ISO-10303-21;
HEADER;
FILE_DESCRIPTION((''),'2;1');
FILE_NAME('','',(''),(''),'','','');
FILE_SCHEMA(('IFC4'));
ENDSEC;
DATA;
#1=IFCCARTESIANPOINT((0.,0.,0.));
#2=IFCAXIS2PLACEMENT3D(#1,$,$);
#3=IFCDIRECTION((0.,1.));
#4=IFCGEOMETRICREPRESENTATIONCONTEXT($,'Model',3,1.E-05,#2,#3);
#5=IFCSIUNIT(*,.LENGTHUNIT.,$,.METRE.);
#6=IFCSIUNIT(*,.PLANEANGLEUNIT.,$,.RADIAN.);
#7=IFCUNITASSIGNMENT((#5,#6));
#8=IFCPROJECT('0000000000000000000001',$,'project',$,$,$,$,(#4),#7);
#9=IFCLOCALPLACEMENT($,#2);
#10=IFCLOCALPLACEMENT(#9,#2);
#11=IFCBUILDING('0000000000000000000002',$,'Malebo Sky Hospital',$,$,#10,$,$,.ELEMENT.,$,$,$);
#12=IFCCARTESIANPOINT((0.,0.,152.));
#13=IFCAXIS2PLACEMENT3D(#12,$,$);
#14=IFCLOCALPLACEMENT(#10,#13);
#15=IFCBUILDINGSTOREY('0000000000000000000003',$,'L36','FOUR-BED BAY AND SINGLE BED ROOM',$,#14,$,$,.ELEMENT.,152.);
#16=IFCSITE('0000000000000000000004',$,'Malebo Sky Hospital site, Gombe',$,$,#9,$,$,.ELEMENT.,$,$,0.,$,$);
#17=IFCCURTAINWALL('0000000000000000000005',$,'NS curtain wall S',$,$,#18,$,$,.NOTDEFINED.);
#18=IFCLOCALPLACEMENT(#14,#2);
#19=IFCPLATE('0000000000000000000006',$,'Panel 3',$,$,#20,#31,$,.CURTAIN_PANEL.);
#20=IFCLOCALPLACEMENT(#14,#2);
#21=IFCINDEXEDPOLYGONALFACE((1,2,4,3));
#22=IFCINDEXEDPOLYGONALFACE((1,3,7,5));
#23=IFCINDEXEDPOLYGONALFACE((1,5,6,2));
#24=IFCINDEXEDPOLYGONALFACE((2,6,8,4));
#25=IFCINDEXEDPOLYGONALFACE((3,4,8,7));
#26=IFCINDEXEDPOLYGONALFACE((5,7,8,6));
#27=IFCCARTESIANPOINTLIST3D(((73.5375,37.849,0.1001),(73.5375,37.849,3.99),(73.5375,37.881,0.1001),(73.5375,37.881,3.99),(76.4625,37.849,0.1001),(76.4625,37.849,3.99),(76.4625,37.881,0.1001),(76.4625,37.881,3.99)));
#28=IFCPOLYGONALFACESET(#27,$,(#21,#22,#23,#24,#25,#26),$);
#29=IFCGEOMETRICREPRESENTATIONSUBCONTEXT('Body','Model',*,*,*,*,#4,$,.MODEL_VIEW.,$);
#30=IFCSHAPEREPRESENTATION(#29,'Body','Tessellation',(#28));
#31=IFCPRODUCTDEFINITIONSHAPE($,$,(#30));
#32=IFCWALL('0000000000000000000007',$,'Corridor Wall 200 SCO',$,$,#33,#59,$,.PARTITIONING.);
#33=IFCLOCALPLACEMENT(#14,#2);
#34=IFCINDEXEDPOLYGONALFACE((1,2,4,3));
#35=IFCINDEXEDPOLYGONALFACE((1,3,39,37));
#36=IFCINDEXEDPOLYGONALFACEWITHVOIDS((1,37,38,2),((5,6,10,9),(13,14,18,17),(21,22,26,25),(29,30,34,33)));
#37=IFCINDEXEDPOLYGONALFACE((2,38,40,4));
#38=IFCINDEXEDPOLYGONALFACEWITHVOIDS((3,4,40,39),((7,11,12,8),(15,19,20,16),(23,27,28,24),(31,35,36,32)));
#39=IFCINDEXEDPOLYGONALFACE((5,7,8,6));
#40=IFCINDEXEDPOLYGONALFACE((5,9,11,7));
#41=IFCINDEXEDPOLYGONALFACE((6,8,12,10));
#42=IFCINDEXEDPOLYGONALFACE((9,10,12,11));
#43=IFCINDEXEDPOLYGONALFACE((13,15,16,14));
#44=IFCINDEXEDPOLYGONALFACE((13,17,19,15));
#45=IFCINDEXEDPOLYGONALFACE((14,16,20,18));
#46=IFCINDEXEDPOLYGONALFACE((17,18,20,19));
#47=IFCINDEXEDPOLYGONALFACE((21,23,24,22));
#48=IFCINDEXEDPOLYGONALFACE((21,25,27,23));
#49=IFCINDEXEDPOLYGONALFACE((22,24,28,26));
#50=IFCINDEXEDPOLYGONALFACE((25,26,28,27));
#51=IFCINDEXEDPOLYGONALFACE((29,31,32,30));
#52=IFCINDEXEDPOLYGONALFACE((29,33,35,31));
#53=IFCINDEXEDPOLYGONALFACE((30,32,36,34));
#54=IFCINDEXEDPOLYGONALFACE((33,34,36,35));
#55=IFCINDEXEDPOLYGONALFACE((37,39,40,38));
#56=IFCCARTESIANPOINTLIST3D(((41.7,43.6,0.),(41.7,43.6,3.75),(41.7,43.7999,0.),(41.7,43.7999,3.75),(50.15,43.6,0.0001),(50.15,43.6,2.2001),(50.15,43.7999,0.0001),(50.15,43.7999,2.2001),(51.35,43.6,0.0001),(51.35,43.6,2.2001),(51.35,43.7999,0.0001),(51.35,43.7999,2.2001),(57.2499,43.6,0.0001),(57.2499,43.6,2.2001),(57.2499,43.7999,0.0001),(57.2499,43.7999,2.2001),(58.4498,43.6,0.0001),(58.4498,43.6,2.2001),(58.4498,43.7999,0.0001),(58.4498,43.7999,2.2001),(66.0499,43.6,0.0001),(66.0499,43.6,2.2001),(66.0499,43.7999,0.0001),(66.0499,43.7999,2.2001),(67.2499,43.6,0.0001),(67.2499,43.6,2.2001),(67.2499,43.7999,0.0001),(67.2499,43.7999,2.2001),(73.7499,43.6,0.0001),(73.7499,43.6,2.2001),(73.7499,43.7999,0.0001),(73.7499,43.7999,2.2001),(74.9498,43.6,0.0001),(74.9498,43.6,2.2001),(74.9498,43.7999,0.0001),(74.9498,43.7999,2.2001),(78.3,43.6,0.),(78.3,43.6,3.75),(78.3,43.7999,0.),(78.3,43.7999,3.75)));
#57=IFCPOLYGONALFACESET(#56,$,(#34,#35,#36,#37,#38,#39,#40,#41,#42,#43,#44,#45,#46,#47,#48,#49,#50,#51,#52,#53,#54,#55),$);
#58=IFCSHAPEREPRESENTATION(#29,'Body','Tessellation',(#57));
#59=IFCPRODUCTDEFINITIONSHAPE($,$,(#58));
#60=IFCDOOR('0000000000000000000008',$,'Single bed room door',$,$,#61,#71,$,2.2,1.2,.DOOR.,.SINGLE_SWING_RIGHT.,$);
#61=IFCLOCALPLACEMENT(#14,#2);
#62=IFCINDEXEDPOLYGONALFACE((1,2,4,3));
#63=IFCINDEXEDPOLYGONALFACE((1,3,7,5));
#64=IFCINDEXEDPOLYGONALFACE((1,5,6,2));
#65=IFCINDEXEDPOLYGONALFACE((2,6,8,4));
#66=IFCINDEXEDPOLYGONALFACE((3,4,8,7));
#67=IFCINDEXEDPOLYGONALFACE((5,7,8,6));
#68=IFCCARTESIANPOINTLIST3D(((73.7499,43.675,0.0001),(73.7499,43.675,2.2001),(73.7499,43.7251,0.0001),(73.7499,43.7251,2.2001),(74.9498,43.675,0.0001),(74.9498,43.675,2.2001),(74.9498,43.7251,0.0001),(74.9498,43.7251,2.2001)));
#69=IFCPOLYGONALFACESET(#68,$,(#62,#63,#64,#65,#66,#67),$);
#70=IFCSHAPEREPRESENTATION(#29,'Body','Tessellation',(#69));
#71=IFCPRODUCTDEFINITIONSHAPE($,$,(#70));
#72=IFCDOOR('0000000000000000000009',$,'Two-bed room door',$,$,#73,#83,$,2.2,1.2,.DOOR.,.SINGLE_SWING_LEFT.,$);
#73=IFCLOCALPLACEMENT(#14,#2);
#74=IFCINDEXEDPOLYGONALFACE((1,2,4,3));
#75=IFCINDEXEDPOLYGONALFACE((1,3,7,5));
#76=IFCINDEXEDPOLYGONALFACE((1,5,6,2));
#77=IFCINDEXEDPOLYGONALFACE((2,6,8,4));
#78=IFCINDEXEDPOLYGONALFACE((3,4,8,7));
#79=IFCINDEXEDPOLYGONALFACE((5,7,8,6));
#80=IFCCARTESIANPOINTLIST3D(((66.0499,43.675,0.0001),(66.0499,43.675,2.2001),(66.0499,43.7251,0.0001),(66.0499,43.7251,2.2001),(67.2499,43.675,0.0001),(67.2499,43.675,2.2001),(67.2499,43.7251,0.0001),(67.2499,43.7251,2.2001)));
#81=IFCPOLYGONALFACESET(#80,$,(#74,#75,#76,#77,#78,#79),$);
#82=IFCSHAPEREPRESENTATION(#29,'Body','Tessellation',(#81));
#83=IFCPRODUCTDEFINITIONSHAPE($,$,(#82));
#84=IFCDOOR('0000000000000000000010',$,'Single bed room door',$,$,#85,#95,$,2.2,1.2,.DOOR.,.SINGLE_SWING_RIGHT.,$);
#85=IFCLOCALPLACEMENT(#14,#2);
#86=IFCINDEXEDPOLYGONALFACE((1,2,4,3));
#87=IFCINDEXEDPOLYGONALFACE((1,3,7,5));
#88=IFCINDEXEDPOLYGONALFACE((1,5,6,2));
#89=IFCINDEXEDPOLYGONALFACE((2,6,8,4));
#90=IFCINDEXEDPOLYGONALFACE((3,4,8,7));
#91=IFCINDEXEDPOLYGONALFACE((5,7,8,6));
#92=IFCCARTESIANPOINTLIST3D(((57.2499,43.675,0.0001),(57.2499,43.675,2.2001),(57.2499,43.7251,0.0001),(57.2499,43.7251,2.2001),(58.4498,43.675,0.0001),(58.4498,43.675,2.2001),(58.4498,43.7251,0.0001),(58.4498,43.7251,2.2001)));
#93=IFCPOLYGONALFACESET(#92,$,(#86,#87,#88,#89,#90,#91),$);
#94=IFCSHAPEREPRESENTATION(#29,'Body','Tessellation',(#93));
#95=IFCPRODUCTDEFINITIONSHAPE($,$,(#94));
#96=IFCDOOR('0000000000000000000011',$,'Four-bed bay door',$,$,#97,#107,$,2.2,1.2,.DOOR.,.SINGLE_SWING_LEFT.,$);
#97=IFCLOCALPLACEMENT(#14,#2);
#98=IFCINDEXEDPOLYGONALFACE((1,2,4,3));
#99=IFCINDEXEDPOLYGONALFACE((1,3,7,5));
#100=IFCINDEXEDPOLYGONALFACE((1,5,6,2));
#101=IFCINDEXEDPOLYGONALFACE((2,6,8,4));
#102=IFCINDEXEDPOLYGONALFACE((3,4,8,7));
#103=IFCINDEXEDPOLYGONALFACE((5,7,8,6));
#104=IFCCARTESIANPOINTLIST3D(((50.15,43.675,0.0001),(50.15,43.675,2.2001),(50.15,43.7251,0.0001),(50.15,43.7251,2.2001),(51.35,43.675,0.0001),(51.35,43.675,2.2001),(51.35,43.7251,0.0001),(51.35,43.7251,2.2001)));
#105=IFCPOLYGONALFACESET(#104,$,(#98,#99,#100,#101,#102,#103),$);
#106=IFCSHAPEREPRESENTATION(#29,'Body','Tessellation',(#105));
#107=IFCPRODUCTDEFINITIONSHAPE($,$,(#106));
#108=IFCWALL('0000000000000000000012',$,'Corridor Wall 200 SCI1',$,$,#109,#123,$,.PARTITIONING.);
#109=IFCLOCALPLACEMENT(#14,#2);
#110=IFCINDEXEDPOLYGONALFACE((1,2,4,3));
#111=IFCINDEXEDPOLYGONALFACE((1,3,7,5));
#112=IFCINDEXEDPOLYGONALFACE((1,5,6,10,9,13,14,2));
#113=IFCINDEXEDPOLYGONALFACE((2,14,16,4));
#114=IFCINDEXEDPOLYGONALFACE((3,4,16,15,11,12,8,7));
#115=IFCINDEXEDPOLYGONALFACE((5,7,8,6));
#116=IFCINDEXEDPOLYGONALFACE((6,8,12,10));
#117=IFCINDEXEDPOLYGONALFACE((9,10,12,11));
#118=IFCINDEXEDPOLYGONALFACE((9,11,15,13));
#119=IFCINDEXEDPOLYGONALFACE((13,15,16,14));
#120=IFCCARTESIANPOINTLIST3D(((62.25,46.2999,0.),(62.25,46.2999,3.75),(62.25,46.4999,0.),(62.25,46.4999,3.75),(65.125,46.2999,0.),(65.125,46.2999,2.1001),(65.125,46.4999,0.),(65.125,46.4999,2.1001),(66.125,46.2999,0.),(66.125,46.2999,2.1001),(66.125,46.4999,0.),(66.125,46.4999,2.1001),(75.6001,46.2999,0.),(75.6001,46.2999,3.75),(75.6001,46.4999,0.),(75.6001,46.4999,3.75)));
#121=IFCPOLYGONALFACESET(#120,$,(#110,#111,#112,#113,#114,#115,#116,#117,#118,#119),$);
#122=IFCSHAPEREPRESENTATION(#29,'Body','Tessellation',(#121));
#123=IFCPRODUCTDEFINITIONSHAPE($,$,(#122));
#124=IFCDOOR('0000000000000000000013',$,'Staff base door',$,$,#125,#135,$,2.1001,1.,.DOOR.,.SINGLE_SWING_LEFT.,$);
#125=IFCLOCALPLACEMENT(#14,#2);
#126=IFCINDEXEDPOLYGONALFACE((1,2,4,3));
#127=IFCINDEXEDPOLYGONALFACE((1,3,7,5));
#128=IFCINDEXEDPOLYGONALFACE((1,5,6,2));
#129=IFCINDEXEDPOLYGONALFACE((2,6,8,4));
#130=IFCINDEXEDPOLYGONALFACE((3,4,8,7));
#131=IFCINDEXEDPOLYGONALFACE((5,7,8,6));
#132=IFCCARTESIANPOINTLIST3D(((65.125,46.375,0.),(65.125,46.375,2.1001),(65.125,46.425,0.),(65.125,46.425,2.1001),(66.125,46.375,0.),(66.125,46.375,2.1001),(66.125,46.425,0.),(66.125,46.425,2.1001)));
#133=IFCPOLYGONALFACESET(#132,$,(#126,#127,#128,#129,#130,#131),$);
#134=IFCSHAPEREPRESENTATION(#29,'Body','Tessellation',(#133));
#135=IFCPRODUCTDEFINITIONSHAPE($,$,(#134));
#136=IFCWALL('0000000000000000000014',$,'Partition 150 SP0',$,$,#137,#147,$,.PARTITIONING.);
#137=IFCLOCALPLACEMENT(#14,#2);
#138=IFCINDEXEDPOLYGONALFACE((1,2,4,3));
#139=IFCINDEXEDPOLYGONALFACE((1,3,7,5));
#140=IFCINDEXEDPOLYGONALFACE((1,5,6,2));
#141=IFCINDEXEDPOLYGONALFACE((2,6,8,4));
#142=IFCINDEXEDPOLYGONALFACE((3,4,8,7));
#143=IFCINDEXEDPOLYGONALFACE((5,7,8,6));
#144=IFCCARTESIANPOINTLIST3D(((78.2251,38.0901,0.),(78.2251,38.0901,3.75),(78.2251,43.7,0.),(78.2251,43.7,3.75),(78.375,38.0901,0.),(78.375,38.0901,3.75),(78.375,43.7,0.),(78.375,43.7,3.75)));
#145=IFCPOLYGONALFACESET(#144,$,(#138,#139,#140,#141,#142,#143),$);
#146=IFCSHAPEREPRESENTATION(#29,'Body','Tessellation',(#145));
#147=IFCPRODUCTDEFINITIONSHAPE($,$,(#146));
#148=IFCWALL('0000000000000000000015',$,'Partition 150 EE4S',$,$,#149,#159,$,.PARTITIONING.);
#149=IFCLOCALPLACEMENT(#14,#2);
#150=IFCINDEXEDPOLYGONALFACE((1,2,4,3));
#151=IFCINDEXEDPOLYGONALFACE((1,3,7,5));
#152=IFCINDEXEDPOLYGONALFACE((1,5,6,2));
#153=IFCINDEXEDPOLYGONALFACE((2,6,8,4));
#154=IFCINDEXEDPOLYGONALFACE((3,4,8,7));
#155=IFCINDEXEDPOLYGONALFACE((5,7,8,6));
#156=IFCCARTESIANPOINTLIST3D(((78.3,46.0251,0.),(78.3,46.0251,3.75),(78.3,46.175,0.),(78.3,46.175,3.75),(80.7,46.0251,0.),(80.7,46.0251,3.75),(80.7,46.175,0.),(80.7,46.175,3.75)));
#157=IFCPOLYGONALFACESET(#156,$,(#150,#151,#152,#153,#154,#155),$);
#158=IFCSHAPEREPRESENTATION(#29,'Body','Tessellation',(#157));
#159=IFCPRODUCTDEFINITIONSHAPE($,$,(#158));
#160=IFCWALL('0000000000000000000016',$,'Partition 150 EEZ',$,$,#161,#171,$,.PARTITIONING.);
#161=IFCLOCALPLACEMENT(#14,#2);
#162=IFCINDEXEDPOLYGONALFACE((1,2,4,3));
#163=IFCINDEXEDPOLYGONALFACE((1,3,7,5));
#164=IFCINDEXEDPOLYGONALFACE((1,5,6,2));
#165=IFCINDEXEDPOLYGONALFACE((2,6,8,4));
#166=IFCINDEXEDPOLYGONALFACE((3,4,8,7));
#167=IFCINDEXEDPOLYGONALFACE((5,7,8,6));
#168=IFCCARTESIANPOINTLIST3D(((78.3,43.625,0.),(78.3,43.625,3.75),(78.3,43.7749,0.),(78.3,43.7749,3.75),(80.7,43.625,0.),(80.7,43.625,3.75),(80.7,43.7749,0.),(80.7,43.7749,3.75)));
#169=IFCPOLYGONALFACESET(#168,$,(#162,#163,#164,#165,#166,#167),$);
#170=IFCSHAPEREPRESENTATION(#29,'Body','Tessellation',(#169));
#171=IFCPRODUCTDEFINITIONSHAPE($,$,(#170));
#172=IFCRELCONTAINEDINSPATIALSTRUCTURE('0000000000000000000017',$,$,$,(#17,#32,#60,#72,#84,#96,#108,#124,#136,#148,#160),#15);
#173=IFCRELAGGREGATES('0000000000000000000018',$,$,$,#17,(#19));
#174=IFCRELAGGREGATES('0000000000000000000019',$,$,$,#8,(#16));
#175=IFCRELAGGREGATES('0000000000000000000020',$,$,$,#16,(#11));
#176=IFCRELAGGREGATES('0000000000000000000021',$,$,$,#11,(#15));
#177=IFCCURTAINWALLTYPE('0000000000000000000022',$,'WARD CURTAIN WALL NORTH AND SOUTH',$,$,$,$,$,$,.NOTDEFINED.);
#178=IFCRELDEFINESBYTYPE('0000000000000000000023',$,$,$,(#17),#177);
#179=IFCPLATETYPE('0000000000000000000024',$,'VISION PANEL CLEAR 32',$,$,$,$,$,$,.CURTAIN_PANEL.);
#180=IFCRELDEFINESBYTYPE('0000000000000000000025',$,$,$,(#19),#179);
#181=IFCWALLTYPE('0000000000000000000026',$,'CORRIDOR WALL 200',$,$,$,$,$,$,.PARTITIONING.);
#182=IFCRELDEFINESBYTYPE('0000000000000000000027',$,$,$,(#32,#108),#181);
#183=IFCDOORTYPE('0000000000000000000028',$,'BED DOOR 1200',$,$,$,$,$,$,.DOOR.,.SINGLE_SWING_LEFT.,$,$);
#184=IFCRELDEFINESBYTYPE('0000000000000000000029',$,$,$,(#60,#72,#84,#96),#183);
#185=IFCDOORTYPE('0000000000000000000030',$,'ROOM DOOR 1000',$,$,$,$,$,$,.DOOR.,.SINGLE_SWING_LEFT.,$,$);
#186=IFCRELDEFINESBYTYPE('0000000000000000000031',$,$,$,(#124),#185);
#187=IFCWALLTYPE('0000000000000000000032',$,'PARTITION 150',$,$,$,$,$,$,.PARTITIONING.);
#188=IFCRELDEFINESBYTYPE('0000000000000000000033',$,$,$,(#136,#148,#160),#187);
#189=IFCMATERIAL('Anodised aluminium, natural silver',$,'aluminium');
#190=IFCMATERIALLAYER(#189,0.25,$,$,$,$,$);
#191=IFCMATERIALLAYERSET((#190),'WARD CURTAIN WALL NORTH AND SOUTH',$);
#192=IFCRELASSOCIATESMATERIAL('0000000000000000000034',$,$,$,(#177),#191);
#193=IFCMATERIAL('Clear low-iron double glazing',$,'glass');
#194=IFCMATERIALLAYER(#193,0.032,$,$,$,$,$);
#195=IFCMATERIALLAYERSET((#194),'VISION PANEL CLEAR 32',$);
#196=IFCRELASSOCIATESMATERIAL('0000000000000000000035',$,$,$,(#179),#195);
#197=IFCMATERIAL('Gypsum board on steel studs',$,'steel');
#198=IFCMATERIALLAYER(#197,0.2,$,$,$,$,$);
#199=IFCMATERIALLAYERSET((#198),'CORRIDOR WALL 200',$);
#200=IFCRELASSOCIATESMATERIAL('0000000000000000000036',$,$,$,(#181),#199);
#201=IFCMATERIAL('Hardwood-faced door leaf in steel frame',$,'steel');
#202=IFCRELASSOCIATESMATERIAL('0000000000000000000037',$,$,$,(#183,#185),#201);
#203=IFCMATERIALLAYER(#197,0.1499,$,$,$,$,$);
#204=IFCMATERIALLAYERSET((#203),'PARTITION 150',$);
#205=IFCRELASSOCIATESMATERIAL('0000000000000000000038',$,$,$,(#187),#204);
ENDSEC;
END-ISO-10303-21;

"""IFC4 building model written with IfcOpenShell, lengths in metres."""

from ifc_helpers import new_model, si_unit, direction, frame, frame_2d, origin, origin_2d, place, context, subcontext, project, spatial, rectangle, extrude, material, layer, layer_set, type_object, element, fill, aggregate, save


model = new_model("IFC4")

# Units and contexts
model_context = context("Model", 3, precision=1e-05, world=origin(), true_north=direction((0.0, 1.0)))
body_context = subcontext(model_context, "Body", "Model", "MODEL_VIEW")
ifc_project = project(units=[si_unit("LENGTHUNIT", "METRE"), si_unit("PLANEANGLEUNIT", "RADIAN")], contexts=[model_context])

# Site, building, storey
site_placement = place(None, origin())
site = spatial("IfcSite", under=ifc_project, at=site_placement, Name="Malebo Sky Hospital site, Gombe", CompositionType="ELEMENT", RefElevation=0.0)
building_placement = place(site_placement, origin())
building = spatial("IfcBuilding", under=site, at=building_placement, Name="Malebo Sky Hospital", CompositionType="ELEMENT")
storey_placement = place(building_placement, frame((0.0, 0.0, 152.0)))
storey = spatial("IfcBuildingStorey", under=building, at=storey_placement, Name="L36", Description="FOUR-BED BAY AND SINGLE BED ROOM", CompositionType="ELEMENT", Elevation=152.0)

# Curtain wall
ifc_material_1 = material(Name="Anodised aluminium, natural silver", Category="aluminium")
ifc_layer_1 = layer(ifc_material_1, 0.25)
ifc_layer_set_1 = layer_set([ifc_layer_1], Name="WARD CURTAIN WALL NORTH AND SOUTH")
curtain_wall_type = type_object("IfcCurtainWallType", Name="WARD CURTAIN WALL NORTH AND SOUTH", PredefinedType="NOTDEFINED", material=ifc_layer_set_1)
curtain_wall_placement = place(storey_placement, origin())
curtain_wall = element("IfcCurtainWall", 1, at=curtain_wall_placement, inside=storey, type_object=curtain_wall_type, Name="NS curtain wall S", PredefinedType="NOTDEFINED")

# Plate
ifc_material_2 = material(Name="Clear low-iron double glazing", Category="glass")
ifc_layer_2 = layer(ifc_material_2, 0.032)
ifc_layer_set_2 = layer_set([ifc_layer_2], Name="VISION PANEL CLEAR 32")
plate_type = type_object("IfcPlateType", Name="VISION PANEL CLEAR 32", PredefinedType="CURTAIN_PANEL", material=ifc_layer_set_2)
plate_1_placement = place(storey_placement, frame((75.0, 37.865, 0.1001), z_axis=(0.0, 0.0, 1.0), x_axis=(-1.0, 0.0, 0.0)))
plate_1 = element("IfcPlate", 2, at=plate_1_placement, type_object=plate_type, Name="Panel 3", PredefinedType="CURTAIN_PANEL", context=body_context, shape_type="SweptSolid", body=[
    extrude(rectangle(XDim=2.925, YDim=0.032, at=origin_2d()), origin(), (0.0, 0.0, 1.0), 3.8899),
])
aggregate(curtain_wall, [plate_1])

# Wall, openings, doors
ifc_material_3 = material(Name="Gypsum board on steel studs", Category="steel")
ifc_layer_3 = layer(ifc_material_3, 0.2)
ifc_layer_set_3 = layer_set([ifc_layer_3], Name="CORRIDOR WALL 200")
wall_type_1 = type_object("IfcWallType", Name="CORRIDOR WALL 200", PredefinedType="PARTITIONING", material=ifc_layer_set_3)
wall_1_placement = place(storey_placement, frame((78.3, 43.7, 0.0), z_axis=(0.0, 0.0, 1.0), x_axis=(-1.0, 0.0, 0.0)))
wall_1 = element("IfcWall", 3, at=wall_1_placement, inside=storey, type_object=wall_type_1, Name="Corridor Wall 200 SCO", PredefinedType="PARTITIONING", context=body_context, shape_type="SweptSolid", body=[
    extrude(rectangle(XDim=36.6001, YDim=0.2, at=frame_2d((18.3, 0.0))), origin(), (0.0, 0.0, 1.0), 3.75),
])
opening_1_placement = place(wall_1_placement, frame((3.3501, 0.0, 0.0)))
opening_1 = element("IfcOpeningElement", 4, at=opening_1_placement, cuts=wall_1, PredefinedType="OPENING", context=body_context, shape_type="SweptSolid", body=[
    extrude(rectangle(XDim=1.2, YDim=2.2, at=frame_2d((0.6001, 1.1001))), frame((0.0, 0.1099, 0.0), z_axis=(0.0, -1.0, 0.0), x_axis=(1.0, 0.0, 0.0)), (0.0, 0.0, 1.0), 0.22),
])
opening_2_placement = place(wall_1_placement, frame((11.05, 0.0, 0.0)))
opening_2 = element("IfcOpeningElement", 5, at=opening_2_placement, cuts=wall_1, PredefinedType="OPENING", context=body_context, shape_type="SweptSolid", body=[
    extrude(rectangle(XDim=1.2, YDim=2.2, at=frame_2d((0.6001, 1.1001))), frame((0.0, 0.1099, 0.0), z_axis=(0.0, -1.0, 0.0), x_axis=(1.0, 0.0, 0.0)), (0.0, 0.0, 1.0), 0.22),
])
opening_3_placement = place(wall_1_placement, frame((19.8501, 0.0, 0.0)))
opening_3 = element("IfcOpeningElement", 6, at=opening_3_placement, cuts=wall_1, PredefinedType="OPENING", context=body_context, shape_type="SweptSolid", body=[
    extrude(rectangle(XDim=1.2, YDim=2.2, at=frame_2d((0.6001, 1.1001))), frame((0.0, 0.1099, 0.0), z_axis=(0.0, -1.0, 0.0), x_axis=(1.0, 0.0, 0.0)), (0.0, 0.0, 1.0), 0.22),
])
opening_4_placement = place(wall_1_placement, frame((26.95, 0.0, 0.0)))
opening_4 = element("IfcOpeningElement", 7, at=opening_4_placement, cuts=wall_1, PredefinedType="OPENING", context=body_context, shape_type="SweptSolid", body=[
    extrude(rectangle(XDim=1.2, YDim=2.2, at=frame_2d((0.6001, 1.1001))), frame((0.0, 0.1099, 0.0), z_axis=(0.0, -1.0, 0.0), x_axis=(1.0, 0.0, 0.0)), (0.0, 0.0, 1.0), 0.22),
])
ifc_material_4 = material(Name="Hardwood-faced door leaf in steel frame", Category="steel")
door_type_1 = type_object("IfcDoorType", Name="BED DOOR 1200", OperationType="SINGLE_SWING_LEFT", PredefinedType="DOOR", material=ifc_material_4)
door_1_placement = place(opening_1_placement, origin())
door_1 = element("IfcDoor", 8, at=door_1_placement, inside=storey, type_object=door_type_1, Name="Single bed room door", OperationType="SINGLE_SWING_RIGHT", OverallHeight=2.2, OverallWidth=1.2, PredefinedType="DOOR", context=body_context, shape_type="SweptSolid", body=[
    extrude(rectangle(XDim=1.2, YDim=2.2, at=frame_2d((0.6001, 1.1001))), frame((0.0, 0.0249, 0.0), z_axis=(0.0, -1.0, 0.0), x_axis=(1.0, 0.0, 0.0)), (0.0, 0.0, 1.0), 0.05),
])
fill(opening_1, door_1)
door_2_placement = place(opening_2_placement, origin())
door_2 = element("IfcDoor", 9, at=door_2_placement, inside=storey, type_object=door_type_1, Name="Two-bed room door", OperationType="SINGLE_SWING_LEFT", OverallHeight=2.2, OverallWidth=1.2, PredefinedType="DOOR", context=body_context, shape_type="SweptSolid", body=[
    extrude(rectangle(XDim=1.2, YDim=2.2, at=frame_2d((0.6001, 1.1001))), frame((0.0, 0.0249, 0.0), z_axis=(0.0, -1.0, 0.0), x_axis=(1.0, 0.0, 0.0)), (0.0, 0.0, 1.0), 0.05),
])
fill(opening_2, door_2)
door_3_placement = place(opening_3_placement, origin())
door_3 = element("IfcDoor", 10, at=door_3_placement, inside=storey, type_object=door_type_1, Name="Single bed room door", OperationType="SINGLE_SWING_RIGHT", OverallHeight=2.2, OverallWidth=1.2, PredefinedType="DOOR", context=body_context, shape_type="SweptSolid", body=[
    extrude(rectangle(XDim=1.2, YDim=2.2, at=frame_2d((0.6001, 1.1001))), frame((0.0, 0.0249, 0.0), z_axis=(0.0, -1.0, 0.0), x_axis=(1.0, 0.0, 0.0)), (0.0, 0.0, 1.0), 0.05),
])
fill(opening_3, door_3)
door_4_placement = place(opening_4_placement, origin())
door_4 = element("IfcDoor", 11, at=door_4_placement, inside=storey, type_object=door_type_1, Name="Four-bed bay door", OperationType="SINGLE_SWING_LEFT", OverallHeight=2.2, OverallWidth=1.2, PredefinedType="DOOR", context=body_context, shape_type="SweptSolid", body=[
    extrude(rectangle(XDim=1.2, YDim=2.2, at=frame_2d((0.6001, 1.1001))), frame((0.0, 0.0249, 0.0), z_axis=(0.0, -1.0, 0.0), x_axis=(1.0, 0.0, 0.0)), (0.0, 0.0, 1.0), 0.05),
])
fill(opening_4, door_4)

# Wall, opening, door
wall_2_placement = place(storey_placement, frame((75.6001, 46.3999, 0.0), z_axis=(0.0, 0.0, 1.0), x_axis=(-1.0, 0.0, 0.0)))
wall_2 = element("IfcWall", 12, at=wall_2_placement, inside=storey, type_object=wall_type_1, Name="Corridor Wall 200 SCI1", PredefinedType="PARTITIONING", context=body_context, shape_type="SweptSolid", body=[
    extrude(rectangle(XDim=13.3501, YDim=0.2, at=frame_2d((6.675, 0.0))), origin(), (0.0, 0.0, 1.0), 3.75),
])
opening_5_placement = place(wall_2_placement, frame((9.4751, 0.0, 0.0)))
opening_5 = element("IfcOpeningElement", 13, at=opening_5_placement, cuts=wall_2, PredefinedType="OPENING", context=body_context, shape_type="SweptSolid", body=[
    extrude(rectangle(XDim=1.0, YDim=2.1001, at=frame_2d((0.5, 1.05))), frame((0.0, 0.1099, 0.0), z_axis=(0.0, -1.0, 0.0), x_axis=(1.0, 0.0, 0.0)), (0.0, 0.0, 1.0), 0.22),
])
door_type_2 = type_object("IfcDoorType", Name="ROOM DOOR 1000", OperationType="SINGLE_SWING_LEFT", PredefinedType="DOOR", material=ifc_material_4)
door_5_placement = place(opening_5_placement, origin())
door_5 = element("IfcDoor", 14, at=door_5_placement, inside=storey, type_object=door_type_2, Name="Staff base door", OperationType="SINGLE_SWING_LEFT", OverallHeight=2.1001, OverallWidth=1.0, PredefinedType="DOOR", context=body_context, shape_type="SweptSolid", body=[
    extrude(rectangle(XDim=1.0, YDim=2.1001, at=frame_2d((0.5, 1.05))), frame((0.0, 0.0249, 0.0), z_axis=(0.0, -1.0, 0.0), x_axis=(1.0, 0.0, 0.0)), (0.0, 0.0, 1.0), 0.05),
])
fill(opening_5, door_5)

# Walls
ifc_layer_4 = layer(ifc_material_3, 0.1499)
ifc_layer_set_4 = layer_set([ifc_layer_4], Name="PARTITION 150")
wall_type_2 = type_object("IfcWallType", Name="PARTITION 150", PredefinedType="PARTITIONING", material=ifc_layer_set_4)
wall_3_placement = place(storey_placement, frame((78.3, 43.7, 0.0), z_axis=(0.0, 0.0, 1.0), x_axis=(0.0, -1.0, 0.0)))
element("IfcWall", 15, at=wall_3_placement, inside=storey, type_object=wall_type_2, Name="Partition 150 SP0", PredefinedType="PARTITIONING", context=body_context, shape_type="SweptSolid", body=[
    extrude(rectangle(XDim=5.6099, YDim=0.1499, at=frame_2d((2.8049, 0.0))), origin(), (0.0, 0.0, 1.0), 3.75),
])
for number, where, z_axis, x_axis, name in (
    (16, (78.3, 46.1001, 0.0), (0.0, 0.0, 1.0), (1.0, 0.0, 0.0), "Partition 150 EE4S"),
    (17, (78.3, 43.7, 0.0), (0.0, 0.0, 1.0), (1.0, 0.0, 0.0), "Partition 150 EEZ"),
):
    element("IfcWall", number, at=place(storey_placement, frame(where, z_axis=z_axis, x_axis=x_axis)), inside=storey, type_object=wall_type_2, Name=name, PredefinedType="PARTITIONING", context=body_context, shape_type="SweptSolid", body=[
        extrude(rectangle(XDim=2.3999, YDim=0.1499, at=frame_2d((1.2, 0.0))), origin(), (0.0, 0.0, 1.0), 3.75),
    ])

save(model, "model.ifc")
